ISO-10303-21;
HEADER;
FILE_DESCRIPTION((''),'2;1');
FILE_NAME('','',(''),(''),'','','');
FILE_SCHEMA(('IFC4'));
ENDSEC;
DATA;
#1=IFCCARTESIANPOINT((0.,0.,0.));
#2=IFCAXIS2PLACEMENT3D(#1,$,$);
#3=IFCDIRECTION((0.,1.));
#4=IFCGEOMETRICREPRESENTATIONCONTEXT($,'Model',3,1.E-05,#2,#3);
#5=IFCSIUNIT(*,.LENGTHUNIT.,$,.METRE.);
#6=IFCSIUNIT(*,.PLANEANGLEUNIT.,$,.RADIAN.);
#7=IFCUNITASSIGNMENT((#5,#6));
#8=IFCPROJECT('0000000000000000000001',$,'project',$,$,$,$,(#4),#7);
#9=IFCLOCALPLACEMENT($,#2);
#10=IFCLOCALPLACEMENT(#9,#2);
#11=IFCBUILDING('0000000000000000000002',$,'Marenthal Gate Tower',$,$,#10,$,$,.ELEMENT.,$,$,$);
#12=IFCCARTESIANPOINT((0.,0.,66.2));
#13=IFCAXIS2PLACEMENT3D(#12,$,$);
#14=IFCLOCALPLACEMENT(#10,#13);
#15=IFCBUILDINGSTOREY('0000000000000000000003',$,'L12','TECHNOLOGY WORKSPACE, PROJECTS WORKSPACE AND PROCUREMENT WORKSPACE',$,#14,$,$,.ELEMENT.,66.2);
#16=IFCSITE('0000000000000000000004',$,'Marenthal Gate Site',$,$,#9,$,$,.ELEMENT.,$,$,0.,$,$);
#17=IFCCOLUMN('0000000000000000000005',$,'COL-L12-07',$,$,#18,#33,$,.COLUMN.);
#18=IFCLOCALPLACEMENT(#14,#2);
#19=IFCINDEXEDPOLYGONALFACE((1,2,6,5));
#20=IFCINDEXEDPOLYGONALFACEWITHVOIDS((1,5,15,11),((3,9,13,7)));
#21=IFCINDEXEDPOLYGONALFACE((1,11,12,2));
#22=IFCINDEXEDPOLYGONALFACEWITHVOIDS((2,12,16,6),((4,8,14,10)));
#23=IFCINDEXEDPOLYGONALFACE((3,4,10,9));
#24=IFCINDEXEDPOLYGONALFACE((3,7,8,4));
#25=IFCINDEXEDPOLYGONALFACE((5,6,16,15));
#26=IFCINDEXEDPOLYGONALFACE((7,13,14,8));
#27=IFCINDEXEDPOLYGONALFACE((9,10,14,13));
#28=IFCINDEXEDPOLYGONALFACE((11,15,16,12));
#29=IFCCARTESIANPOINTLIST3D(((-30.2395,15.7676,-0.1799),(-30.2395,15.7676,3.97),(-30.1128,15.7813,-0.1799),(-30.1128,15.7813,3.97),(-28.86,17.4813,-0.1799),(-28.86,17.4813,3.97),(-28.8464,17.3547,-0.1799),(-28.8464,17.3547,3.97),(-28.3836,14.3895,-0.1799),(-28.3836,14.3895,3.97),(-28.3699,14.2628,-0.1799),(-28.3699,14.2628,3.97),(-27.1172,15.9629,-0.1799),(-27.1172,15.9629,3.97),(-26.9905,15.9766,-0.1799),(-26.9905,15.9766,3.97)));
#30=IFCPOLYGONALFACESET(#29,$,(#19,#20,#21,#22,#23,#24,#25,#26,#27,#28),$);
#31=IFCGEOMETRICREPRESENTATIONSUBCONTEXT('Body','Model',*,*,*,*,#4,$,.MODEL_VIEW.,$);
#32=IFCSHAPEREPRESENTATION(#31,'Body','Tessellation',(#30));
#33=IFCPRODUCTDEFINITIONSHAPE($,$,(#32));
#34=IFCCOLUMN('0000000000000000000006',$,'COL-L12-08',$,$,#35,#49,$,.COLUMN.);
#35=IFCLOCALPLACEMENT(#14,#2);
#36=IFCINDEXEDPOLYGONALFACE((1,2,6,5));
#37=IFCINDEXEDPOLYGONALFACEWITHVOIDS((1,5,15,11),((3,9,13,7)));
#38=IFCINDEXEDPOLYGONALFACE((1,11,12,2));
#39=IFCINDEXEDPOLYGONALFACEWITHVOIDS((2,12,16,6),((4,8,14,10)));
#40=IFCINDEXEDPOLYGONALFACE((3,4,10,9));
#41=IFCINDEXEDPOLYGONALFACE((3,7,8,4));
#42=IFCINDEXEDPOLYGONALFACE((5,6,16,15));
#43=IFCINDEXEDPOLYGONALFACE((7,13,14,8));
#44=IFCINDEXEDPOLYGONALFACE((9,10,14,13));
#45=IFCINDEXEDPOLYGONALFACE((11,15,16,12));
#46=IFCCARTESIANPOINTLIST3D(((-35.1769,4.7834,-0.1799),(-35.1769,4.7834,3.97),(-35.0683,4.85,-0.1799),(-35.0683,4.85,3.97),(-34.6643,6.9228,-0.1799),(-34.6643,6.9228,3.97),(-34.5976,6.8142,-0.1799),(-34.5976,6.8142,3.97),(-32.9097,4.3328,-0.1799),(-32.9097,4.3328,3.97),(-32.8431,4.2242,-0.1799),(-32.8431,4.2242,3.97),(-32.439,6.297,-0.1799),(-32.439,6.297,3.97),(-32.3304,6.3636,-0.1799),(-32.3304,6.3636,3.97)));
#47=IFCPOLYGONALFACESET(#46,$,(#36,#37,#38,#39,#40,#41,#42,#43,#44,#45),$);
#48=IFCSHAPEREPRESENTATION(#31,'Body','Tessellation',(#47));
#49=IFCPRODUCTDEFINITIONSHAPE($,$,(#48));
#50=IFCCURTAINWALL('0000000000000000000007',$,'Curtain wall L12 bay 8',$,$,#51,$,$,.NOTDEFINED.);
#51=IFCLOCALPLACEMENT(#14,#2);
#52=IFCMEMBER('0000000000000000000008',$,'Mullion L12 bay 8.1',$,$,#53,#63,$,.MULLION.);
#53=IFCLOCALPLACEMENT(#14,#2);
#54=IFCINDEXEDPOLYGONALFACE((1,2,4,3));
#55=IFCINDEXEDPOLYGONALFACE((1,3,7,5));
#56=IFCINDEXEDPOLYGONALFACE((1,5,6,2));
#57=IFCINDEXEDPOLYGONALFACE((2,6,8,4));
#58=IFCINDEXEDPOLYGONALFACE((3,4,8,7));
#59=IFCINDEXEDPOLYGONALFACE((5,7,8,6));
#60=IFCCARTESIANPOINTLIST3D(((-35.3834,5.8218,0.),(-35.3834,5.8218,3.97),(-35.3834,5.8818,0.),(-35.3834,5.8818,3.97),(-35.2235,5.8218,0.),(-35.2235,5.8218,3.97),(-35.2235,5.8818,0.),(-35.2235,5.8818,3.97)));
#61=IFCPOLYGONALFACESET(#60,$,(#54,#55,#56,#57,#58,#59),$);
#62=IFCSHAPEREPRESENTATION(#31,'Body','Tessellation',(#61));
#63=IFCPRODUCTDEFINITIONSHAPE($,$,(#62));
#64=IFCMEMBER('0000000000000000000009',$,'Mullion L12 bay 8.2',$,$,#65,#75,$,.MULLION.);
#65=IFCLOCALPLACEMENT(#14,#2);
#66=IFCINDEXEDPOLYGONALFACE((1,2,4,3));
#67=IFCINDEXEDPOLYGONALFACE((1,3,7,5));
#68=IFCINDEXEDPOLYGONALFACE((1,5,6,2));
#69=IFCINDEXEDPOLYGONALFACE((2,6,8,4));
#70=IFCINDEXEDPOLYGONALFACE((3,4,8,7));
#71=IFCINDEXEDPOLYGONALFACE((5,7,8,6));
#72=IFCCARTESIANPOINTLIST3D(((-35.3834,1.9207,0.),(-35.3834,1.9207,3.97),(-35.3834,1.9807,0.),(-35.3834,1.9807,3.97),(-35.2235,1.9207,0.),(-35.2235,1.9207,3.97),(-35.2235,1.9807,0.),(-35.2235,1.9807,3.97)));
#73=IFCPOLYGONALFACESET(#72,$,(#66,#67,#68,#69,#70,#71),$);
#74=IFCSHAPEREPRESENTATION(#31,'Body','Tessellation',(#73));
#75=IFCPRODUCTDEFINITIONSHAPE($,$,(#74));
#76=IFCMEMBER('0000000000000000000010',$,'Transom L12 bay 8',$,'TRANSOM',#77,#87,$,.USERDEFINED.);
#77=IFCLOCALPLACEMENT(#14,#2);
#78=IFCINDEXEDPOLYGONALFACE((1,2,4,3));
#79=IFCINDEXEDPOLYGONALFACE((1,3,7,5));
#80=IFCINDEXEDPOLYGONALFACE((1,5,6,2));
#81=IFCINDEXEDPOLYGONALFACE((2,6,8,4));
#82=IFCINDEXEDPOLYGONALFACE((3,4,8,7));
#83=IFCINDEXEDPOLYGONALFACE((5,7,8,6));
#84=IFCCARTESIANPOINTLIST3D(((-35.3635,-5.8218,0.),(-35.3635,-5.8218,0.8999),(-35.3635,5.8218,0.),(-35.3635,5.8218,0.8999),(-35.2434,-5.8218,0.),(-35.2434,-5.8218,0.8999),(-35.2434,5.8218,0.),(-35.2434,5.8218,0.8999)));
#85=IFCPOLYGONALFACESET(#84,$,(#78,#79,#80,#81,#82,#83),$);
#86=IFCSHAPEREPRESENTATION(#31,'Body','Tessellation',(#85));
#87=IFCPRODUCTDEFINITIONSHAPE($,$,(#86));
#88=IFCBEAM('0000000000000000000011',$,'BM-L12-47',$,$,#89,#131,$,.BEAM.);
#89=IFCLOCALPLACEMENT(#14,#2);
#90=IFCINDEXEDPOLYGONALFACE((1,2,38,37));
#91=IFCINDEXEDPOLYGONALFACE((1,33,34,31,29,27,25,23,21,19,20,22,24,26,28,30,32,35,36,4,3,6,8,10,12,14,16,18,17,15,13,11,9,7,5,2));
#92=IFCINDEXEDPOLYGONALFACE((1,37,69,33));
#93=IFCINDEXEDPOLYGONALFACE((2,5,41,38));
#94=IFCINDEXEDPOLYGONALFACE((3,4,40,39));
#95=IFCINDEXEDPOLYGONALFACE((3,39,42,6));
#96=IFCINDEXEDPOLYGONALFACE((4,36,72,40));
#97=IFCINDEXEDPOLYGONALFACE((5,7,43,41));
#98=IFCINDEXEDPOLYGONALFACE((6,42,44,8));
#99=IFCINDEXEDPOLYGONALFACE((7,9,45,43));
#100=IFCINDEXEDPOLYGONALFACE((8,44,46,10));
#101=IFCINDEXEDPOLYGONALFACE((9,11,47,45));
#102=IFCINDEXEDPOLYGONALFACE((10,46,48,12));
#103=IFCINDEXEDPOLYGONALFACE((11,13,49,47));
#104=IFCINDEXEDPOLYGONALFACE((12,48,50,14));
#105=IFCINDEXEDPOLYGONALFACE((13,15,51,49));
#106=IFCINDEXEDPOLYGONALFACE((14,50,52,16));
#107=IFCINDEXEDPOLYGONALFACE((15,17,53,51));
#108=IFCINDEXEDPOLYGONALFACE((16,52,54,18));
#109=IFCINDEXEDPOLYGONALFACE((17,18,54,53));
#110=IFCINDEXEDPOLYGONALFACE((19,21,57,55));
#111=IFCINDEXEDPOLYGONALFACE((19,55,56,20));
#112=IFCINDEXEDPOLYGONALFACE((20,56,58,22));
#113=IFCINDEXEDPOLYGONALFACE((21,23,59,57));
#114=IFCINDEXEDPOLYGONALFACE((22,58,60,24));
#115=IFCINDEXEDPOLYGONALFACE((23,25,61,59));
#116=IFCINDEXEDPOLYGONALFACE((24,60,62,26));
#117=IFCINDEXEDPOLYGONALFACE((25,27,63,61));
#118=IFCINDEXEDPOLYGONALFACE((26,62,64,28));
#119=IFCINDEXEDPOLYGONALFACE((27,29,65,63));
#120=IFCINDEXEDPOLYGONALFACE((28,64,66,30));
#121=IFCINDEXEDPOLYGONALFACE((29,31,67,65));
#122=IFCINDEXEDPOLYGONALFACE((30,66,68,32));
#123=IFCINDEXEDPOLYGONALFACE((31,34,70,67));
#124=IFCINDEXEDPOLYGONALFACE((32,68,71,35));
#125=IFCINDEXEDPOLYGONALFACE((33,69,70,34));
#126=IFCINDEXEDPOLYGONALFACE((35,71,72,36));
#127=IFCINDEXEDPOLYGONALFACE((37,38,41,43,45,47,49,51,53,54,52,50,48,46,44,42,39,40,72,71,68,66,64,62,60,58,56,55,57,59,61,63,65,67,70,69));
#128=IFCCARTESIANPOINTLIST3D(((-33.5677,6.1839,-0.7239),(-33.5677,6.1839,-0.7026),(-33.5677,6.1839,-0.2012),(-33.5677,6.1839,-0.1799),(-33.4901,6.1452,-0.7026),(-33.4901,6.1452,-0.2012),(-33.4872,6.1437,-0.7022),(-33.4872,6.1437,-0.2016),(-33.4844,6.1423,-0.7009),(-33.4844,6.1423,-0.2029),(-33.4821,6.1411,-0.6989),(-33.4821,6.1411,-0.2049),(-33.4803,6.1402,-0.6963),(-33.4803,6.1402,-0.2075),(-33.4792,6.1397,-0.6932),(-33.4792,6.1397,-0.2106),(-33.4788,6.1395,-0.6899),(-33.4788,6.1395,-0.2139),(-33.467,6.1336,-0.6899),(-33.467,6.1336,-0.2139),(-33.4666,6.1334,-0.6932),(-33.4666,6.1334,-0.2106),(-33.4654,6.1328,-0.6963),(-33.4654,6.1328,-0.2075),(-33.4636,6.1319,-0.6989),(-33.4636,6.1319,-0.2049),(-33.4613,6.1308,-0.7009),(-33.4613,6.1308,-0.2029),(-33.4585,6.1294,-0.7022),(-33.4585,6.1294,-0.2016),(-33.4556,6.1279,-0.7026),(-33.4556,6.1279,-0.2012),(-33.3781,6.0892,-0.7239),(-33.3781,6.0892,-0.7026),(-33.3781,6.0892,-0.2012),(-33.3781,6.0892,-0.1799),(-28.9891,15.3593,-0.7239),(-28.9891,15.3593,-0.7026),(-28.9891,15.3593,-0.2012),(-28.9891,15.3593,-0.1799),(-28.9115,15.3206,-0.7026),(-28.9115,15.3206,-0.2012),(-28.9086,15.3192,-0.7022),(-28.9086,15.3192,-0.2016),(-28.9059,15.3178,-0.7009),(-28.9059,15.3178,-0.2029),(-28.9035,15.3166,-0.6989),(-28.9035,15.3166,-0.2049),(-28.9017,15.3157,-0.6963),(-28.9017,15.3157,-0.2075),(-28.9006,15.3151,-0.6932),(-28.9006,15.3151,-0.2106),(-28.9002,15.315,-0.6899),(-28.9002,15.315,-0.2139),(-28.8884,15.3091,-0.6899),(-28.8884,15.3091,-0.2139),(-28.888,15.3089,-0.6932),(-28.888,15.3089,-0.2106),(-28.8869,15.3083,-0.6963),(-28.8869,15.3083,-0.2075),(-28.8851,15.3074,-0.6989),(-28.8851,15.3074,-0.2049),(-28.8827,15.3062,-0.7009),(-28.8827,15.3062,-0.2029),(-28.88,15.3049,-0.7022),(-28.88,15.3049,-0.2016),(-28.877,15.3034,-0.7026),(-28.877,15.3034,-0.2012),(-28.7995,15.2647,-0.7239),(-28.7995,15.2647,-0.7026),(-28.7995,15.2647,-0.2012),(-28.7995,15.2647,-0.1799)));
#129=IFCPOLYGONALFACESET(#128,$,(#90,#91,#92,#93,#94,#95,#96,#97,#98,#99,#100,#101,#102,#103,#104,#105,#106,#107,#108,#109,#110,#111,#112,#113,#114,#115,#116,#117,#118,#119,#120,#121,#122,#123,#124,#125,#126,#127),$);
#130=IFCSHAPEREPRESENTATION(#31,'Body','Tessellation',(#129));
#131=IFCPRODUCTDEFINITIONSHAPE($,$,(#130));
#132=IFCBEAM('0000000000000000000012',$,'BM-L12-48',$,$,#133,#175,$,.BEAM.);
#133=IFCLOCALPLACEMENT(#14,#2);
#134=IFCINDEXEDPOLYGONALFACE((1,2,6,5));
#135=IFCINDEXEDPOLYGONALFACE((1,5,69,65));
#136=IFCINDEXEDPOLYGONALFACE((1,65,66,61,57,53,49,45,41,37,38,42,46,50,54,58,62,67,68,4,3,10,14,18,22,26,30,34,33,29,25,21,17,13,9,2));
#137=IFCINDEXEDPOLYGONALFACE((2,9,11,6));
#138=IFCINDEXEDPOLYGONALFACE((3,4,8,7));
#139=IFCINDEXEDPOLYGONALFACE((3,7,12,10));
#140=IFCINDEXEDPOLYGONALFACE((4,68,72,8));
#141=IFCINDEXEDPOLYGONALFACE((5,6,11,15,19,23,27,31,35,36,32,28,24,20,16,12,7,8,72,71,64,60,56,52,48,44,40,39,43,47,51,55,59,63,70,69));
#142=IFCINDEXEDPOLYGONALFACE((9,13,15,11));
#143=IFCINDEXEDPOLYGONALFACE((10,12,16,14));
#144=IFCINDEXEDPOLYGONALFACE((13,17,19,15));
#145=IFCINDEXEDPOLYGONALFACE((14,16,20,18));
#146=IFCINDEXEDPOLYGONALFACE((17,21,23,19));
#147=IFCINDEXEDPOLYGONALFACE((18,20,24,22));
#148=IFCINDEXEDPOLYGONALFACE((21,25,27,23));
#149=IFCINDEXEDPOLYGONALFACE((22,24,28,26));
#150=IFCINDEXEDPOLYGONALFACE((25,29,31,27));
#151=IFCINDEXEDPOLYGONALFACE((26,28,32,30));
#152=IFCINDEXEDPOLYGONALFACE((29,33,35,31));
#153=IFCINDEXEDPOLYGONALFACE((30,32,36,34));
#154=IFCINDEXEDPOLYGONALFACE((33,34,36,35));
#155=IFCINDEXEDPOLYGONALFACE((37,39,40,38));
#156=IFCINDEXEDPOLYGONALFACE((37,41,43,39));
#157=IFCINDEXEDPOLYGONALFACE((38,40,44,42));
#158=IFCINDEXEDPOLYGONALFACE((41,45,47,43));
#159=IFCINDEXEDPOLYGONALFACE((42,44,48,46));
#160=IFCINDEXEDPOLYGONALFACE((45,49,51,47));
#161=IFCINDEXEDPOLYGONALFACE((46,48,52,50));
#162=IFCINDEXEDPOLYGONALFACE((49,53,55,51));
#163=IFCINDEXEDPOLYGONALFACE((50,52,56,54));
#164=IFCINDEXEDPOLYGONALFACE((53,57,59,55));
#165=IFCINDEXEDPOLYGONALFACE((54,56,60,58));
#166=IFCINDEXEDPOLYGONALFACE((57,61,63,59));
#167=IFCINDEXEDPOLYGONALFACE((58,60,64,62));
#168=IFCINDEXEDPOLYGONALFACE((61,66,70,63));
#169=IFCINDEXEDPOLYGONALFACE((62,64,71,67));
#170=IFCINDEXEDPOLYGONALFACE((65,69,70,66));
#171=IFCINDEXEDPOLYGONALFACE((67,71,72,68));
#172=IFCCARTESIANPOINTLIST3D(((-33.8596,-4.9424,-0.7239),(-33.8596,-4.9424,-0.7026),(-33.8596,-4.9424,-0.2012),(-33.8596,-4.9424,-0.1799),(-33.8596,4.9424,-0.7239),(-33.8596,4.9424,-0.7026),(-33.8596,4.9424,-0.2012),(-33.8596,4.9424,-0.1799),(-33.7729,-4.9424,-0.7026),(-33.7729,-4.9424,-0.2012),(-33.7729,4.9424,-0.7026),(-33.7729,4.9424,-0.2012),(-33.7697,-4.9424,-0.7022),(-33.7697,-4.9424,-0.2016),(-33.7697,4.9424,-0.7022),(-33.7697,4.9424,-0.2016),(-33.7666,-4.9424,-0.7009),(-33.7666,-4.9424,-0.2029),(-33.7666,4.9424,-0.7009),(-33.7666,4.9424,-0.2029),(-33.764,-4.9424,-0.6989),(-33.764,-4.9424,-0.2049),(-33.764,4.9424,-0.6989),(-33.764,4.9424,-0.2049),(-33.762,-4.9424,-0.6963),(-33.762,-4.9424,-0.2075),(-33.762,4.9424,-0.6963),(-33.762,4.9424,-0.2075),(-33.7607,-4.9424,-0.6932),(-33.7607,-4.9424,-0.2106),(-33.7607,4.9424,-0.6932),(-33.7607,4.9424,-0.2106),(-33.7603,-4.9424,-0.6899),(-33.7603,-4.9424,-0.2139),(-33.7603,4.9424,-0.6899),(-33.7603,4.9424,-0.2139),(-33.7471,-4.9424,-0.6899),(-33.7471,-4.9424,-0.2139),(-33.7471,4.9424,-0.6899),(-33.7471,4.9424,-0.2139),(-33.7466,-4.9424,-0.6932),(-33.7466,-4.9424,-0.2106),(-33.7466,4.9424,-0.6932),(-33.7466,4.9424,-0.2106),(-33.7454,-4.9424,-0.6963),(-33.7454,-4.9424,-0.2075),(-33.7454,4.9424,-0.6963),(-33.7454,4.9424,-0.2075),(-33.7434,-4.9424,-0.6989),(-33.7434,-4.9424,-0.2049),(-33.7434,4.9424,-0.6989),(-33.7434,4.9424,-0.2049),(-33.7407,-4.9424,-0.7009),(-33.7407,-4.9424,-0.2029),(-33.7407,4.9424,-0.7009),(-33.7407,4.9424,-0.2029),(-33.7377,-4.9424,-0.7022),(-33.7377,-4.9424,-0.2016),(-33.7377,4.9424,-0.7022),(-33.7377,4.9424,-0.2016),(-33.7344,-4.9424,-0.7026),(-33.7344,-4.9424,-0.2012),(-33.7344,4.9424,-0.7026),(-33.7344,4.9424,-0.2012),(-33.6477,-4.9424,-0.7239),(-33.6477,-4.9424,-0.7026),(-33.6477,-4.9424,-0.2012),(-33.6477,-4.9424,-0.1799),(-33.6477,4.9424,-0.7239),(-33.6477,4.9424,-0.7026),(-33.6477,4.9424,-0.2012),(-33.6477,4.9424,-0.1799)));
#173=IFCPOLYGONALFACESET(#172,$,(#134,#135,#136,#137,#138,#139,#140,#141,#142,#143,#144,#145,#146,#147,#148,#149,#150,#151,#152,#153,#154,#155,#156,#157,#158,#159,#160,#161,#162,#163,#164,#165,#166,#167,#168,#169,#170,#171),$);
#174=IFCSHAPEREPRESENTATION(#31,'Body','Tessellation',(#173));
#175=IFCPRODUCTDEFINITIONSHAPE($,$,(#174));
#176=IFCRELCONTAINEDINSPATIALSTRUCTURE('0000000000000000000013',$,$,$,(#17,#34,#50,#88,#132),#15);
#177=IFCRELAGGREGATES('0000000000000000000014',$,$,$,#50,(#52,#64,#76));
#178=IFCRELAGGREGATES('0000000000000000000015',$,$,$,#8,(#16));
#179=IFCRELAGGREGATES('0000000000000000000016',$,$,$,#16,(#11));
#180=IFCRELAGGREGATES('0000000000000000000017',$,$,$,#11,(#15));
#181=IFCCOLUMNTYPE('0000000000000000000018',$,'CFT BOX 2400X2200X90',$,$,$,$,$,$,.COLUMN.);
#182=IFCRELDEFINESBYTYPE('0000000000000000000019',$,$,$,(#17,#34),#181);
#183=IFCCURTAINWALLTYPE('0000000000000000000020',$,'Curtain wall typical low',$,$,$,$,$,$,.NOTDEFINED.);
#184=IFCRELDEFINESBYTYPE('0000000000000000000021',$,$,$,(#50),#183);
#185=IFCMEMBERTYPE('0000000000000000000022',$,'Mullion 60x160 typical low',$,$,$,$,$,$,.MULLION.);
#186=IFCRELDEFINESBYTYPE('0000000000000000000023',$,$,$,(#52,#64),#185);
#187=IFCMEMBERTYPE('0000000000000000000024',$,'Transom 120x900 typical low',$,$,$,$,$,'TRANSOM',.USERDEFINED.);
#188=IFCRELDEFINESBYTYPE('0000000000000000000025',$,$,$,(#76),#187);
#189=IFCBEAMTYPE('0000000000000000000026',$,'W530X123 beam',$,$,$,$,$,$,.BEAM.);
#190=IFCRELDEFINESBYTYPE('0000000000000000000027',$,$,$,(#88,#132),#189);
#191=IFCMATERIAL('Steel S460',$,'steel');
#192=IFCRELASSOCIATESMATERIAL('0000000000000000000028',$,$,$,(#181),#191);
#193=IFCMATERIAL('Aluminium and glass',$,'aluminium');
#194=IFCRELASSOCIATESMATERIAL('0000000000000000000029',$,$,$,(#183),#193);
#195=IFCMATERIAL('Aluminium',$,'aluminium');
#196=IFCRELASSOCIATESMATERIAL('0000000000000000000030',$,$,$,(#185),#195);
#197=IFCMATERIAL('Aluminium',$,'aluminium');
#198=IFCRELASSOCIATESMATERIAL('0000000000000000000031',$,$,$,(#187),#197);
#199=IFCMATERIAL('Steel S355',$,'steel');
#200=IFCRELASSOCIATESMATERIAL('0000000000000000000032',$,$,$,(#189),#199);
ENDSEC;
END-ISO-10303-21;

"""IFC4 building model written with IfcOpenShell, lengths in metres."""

from ifc_helpers import new_model, si_unit, direction, frame, origin, origin_2d, place, context, subcontext, project, spatial, rectangle, hollow_rectangle, i_section, extrude, material, material_profile, profile_set, type_object, element, aggregate, save


model = new_model("IFC4")

# Units and contexts
model_context = context("Model", 3, precision=1e-05, world=origin(), true_north=direction((0.0, 1.0)))
body_context = subcontext(model_context, "Body", "Model", "MODEL_VIEW")
ifc_project = project(units=[si_unit("LENGTHUNIT", "METRE"), si_unit("PLANEANGLEUNIT", "RADIAN")], contexts=[model_context])

# Site, building, storey
site_placement = place(None, origin())
site = spatial("IfcSite", under=ifc_project, at=site_placement, Name="Marenthal Gate Site", CompositionType="ELEMENT", RefElevation=0.0)
building_placement = place(site_placement, origin())
building = spatial("IfcBuilding", under=site, at=building_placement, Name="Marenthal Gate Tower", CompositionType="ELEMENT")
storey_placement = place(building_placement, frame((0.0, 0.0, 66.2)))
storey = spatial("IfcBuildingStorey", under=building, at=storey_placement, Name="L12", Description="TECHNOLOGY WORKSPACE, PROJECTS WORKSPACE AND PROCUREMENT WORKSPACE", CompositionType="ELEMENT", Elevation=66.2)

# Columns
ifc_material_1 = material(Name="Steel S460", Category="steel")
ifc_material_profile_1 = material_profile(ifc_material_1, hollow_rectangle(XDim=2.2, YDim=2.3999, WallThickness=0.0901, at=origin_2d()), Name="CFT BOX 2400X2200X90")
ifc_material_2 = material(Name="Concrete 70 MPa", Category="concrete")
ifc_material_profile_2 = material_profile(ifc_material_2, rectangle(XDim=2.02, YDim=2.22, at=origin_2d()), Name="CFT BOX 2400X2200X90 INFILL")
ifc_profile_set_1 = profile_set([ifc_material_profile_1, ifc_material_profile_2], Name="Steel S460 shell, Concrete 70 MPa infill")
column_type = type_object("IfcColumnType", Name="CFT BOX 2400X2200X90", PredefinedType="COLUMN", material=ifc_profile_set_1)
for number, where, z_axis, x_axis, name in (
    (1, (-28.615, 15.8721, -0.1799), (0.0, 0.0, 1.0), (0.627023, 0.779001, 0.0), "COL-L12-07"),
    (2, (-33.7537, 5.5735, -0.1799), (0.0, 0.0, 1.0), (0.233019, 0.972472, 0.0), "COL-L12-08"),
):
    element("IfcColumn", number, at=place(storey_placement, frame(where, z_axis=z_axis, x_axis=x_axis)), inside=storey, type_object=column_type, Name=name, PredefinedType="COLUMN", context=body_context, shape_type="SweptSolid", body=[
        extrude(hollow_rectangle(XDim=2.2, YDim=2.3999, WallThickness=0.0901, at=origin_2d()), origin(), (0.0, 0.0, 1.0), 4.1499),
    ])

# Curtain wall, members
ifc_material_3 = material(Name="Aluminium and glass", Category="aluminium")
curtain_wall_type = type_object("IfcCurtainWallType", Name="Curtain wall typical low", PredefinedType="NOTDEFINED", material=ifc_material_3)
curtain_wall_placement = place(storey_placement, origin())
curtain_wall = element("IfcCurtainWall", 3, at=curtain_wall_placement, inside=storey, type_object=curtain_wall_type, Name="Curtain wall L12 bay 8", PredefinedType="NOTDEFINED")
ifc_material_4 = material(Name="Aluminium", Category="aluminium")
ifc_material_profile_3 = material_profile(ifc_material_4, rectangle(XDim=0.1599, YDim=0.0601, at=origin_2d()), Name="60x160 aluminium mullion")
ifc_profile_set_2 = profile_set([ifc_material_profile_3], Name="Aluminium")
member_type_1 = type_object("IfcMemberType", Name="Mullion 60x160 typical low", PredefinedType="MULLION", material=ifc_profile_set_2)
member_1_placement = place(storey_placement, frame((-35.3035, 5.8518, 0.0), z_axis=(0.0, 0.0, 1.0), x_axis=(1.0, 0.0, 0.0)))
member_1 = element("IfcMember", 4, at=member_1_placement, type_object=member_type_1, Name="Mullion L12 bay 8.1", PredefinedType="MULLION", context=body_context, shape_type="SweptSolid", body=[
    extrude(rectangle(XDim=0.1599, YDim=0.0601, at=origin_2d()), origin(), (0.0, 0.0, 1.0), 3.97),
])
member_2_placement = place(storey_placement, frame((-35.3035, 1.9507, 0.0), z_axis=(0.0, 0.0, 1.0), x_axis=(1.0, 0.0, 0.0)))
member_2 = element("IfcMember", 5, at=member_2_placement, type_object=member_type_1, Name="Mullion L12 bay 8.2", PredefinedType="MULLION", context=body_context, shape_type="SweptSolid", body=[
    extrude(rectangle(XDim=0.1599, YDim=0.0601, at=origin_2d()), origin(), (0.0, 0.0, 1.0), 3.97),
])
ifc_material_5 = material(Name="Aluminium", Category="aluminium")
ifc_material_profile_4 = material_profile(ifc_material_5, rectangle(XDim=0.1201, YDim=0.8999, at=origin_2d()), Name="120x900 aluminium transom")
ifc_profile_set_3 = profile_set([ifc_material_profile_4], Name="Aluminium")
member_type_2 = type_object("IfcMemberType", Name="Transom 120x900 typical low", ElementType="TRANSOM", PredefinedType="USERDEFINED", material=ifc_profile_set_3)
member_3_placement = place(storey_placement, frame((-35.3035, 5.8218, 0.45), z_axis=(0.0, -1.0, 0.0), x_axis=(1.0, 0.0, 0.0)))
member_3 = element("IfcMember", 6, at=member_3_placement, type_object=member_type_2, Name="Transom L12 bay 8", ObjectType="TRANSOM", PredefinedType="USERDEFINED", context=body_context, shape_type="SweptSolid", body=[
    extrude(rectangle(XDim=0.1201, YDim=0.8999, at=origin_2d()), origin(), (0.0, 0.0, 1.0), 11.6436),
])

# Beams
ifc_material_6 = material(Name="Steel S355", Category="steel")
ifc_material_profile_5 = material_profile(ifc_material_6, i_section(OverallWidth=0.2119, OverallDepth=0.5439, WebThickness=0.0132, FlangeThickness=0.0212, FilletRadius=0.0127, at=origin_2d()), Name="W530X123")
ifc_profile_set_4 = profile_set([ifc_material_profile_5], Name="Steel S355")
beam_type_1 = type_object("IfcBeamType", Name="W530X123 beam", PredefinedType="BEAM", material=ifc_profile_set_4)
beam_1_placement = place(storey_placement, frame((-28.8943, 15.312, -0.4519), z_axis=(-0.446499, -0.894784, 0.0), x_axis=(0.894784, -0.446499, 0.0)))
element("IfcBeam", 7, at=beam_1_placement, inside=storey, type_object=beam_type_1, Name="BM-L12-47", PredefinedType="BEAM", context=body_context, shape_type="SweptSolid", body=[
    extrude(i_section(OverallWidth=0.2119, OverallDepth=0.5439, WebThickness=0.0132, FlangeThickness=0.0212, FilletRadius=0.0127, at=origin_2d()), origin(), (0.0, 0.0, 1.0), 10.2544),
])
beam_2_placement = place(storey_placement, frame((-33.7537, 4.9424, -0.4519), z_axis=(0.0, -1.0, 0.0), x_axis=(1.0, 0.0, 0.0)))
element("IfcBeam", 8, at=beam_2_placement, inside=storey, type_object=beam_type_1, Name="BM-L12-48", PredefinedType="BEAM", context=body_context, shape_type="SweptSolid", body=[
    extrude(i_section(OverallWidth=0.2119, OverallDepth=0.5439, WebThickness=0.0132, FlangeThickness=0.0212, FilletRadius=0.0127, at=origin_2d()), origin(), (0.0, 0.0, 1.0), 9.8848),
])

aggregate(curtain_wall, [member_1, member_2, member_3])

save(model, "model.ifc")
